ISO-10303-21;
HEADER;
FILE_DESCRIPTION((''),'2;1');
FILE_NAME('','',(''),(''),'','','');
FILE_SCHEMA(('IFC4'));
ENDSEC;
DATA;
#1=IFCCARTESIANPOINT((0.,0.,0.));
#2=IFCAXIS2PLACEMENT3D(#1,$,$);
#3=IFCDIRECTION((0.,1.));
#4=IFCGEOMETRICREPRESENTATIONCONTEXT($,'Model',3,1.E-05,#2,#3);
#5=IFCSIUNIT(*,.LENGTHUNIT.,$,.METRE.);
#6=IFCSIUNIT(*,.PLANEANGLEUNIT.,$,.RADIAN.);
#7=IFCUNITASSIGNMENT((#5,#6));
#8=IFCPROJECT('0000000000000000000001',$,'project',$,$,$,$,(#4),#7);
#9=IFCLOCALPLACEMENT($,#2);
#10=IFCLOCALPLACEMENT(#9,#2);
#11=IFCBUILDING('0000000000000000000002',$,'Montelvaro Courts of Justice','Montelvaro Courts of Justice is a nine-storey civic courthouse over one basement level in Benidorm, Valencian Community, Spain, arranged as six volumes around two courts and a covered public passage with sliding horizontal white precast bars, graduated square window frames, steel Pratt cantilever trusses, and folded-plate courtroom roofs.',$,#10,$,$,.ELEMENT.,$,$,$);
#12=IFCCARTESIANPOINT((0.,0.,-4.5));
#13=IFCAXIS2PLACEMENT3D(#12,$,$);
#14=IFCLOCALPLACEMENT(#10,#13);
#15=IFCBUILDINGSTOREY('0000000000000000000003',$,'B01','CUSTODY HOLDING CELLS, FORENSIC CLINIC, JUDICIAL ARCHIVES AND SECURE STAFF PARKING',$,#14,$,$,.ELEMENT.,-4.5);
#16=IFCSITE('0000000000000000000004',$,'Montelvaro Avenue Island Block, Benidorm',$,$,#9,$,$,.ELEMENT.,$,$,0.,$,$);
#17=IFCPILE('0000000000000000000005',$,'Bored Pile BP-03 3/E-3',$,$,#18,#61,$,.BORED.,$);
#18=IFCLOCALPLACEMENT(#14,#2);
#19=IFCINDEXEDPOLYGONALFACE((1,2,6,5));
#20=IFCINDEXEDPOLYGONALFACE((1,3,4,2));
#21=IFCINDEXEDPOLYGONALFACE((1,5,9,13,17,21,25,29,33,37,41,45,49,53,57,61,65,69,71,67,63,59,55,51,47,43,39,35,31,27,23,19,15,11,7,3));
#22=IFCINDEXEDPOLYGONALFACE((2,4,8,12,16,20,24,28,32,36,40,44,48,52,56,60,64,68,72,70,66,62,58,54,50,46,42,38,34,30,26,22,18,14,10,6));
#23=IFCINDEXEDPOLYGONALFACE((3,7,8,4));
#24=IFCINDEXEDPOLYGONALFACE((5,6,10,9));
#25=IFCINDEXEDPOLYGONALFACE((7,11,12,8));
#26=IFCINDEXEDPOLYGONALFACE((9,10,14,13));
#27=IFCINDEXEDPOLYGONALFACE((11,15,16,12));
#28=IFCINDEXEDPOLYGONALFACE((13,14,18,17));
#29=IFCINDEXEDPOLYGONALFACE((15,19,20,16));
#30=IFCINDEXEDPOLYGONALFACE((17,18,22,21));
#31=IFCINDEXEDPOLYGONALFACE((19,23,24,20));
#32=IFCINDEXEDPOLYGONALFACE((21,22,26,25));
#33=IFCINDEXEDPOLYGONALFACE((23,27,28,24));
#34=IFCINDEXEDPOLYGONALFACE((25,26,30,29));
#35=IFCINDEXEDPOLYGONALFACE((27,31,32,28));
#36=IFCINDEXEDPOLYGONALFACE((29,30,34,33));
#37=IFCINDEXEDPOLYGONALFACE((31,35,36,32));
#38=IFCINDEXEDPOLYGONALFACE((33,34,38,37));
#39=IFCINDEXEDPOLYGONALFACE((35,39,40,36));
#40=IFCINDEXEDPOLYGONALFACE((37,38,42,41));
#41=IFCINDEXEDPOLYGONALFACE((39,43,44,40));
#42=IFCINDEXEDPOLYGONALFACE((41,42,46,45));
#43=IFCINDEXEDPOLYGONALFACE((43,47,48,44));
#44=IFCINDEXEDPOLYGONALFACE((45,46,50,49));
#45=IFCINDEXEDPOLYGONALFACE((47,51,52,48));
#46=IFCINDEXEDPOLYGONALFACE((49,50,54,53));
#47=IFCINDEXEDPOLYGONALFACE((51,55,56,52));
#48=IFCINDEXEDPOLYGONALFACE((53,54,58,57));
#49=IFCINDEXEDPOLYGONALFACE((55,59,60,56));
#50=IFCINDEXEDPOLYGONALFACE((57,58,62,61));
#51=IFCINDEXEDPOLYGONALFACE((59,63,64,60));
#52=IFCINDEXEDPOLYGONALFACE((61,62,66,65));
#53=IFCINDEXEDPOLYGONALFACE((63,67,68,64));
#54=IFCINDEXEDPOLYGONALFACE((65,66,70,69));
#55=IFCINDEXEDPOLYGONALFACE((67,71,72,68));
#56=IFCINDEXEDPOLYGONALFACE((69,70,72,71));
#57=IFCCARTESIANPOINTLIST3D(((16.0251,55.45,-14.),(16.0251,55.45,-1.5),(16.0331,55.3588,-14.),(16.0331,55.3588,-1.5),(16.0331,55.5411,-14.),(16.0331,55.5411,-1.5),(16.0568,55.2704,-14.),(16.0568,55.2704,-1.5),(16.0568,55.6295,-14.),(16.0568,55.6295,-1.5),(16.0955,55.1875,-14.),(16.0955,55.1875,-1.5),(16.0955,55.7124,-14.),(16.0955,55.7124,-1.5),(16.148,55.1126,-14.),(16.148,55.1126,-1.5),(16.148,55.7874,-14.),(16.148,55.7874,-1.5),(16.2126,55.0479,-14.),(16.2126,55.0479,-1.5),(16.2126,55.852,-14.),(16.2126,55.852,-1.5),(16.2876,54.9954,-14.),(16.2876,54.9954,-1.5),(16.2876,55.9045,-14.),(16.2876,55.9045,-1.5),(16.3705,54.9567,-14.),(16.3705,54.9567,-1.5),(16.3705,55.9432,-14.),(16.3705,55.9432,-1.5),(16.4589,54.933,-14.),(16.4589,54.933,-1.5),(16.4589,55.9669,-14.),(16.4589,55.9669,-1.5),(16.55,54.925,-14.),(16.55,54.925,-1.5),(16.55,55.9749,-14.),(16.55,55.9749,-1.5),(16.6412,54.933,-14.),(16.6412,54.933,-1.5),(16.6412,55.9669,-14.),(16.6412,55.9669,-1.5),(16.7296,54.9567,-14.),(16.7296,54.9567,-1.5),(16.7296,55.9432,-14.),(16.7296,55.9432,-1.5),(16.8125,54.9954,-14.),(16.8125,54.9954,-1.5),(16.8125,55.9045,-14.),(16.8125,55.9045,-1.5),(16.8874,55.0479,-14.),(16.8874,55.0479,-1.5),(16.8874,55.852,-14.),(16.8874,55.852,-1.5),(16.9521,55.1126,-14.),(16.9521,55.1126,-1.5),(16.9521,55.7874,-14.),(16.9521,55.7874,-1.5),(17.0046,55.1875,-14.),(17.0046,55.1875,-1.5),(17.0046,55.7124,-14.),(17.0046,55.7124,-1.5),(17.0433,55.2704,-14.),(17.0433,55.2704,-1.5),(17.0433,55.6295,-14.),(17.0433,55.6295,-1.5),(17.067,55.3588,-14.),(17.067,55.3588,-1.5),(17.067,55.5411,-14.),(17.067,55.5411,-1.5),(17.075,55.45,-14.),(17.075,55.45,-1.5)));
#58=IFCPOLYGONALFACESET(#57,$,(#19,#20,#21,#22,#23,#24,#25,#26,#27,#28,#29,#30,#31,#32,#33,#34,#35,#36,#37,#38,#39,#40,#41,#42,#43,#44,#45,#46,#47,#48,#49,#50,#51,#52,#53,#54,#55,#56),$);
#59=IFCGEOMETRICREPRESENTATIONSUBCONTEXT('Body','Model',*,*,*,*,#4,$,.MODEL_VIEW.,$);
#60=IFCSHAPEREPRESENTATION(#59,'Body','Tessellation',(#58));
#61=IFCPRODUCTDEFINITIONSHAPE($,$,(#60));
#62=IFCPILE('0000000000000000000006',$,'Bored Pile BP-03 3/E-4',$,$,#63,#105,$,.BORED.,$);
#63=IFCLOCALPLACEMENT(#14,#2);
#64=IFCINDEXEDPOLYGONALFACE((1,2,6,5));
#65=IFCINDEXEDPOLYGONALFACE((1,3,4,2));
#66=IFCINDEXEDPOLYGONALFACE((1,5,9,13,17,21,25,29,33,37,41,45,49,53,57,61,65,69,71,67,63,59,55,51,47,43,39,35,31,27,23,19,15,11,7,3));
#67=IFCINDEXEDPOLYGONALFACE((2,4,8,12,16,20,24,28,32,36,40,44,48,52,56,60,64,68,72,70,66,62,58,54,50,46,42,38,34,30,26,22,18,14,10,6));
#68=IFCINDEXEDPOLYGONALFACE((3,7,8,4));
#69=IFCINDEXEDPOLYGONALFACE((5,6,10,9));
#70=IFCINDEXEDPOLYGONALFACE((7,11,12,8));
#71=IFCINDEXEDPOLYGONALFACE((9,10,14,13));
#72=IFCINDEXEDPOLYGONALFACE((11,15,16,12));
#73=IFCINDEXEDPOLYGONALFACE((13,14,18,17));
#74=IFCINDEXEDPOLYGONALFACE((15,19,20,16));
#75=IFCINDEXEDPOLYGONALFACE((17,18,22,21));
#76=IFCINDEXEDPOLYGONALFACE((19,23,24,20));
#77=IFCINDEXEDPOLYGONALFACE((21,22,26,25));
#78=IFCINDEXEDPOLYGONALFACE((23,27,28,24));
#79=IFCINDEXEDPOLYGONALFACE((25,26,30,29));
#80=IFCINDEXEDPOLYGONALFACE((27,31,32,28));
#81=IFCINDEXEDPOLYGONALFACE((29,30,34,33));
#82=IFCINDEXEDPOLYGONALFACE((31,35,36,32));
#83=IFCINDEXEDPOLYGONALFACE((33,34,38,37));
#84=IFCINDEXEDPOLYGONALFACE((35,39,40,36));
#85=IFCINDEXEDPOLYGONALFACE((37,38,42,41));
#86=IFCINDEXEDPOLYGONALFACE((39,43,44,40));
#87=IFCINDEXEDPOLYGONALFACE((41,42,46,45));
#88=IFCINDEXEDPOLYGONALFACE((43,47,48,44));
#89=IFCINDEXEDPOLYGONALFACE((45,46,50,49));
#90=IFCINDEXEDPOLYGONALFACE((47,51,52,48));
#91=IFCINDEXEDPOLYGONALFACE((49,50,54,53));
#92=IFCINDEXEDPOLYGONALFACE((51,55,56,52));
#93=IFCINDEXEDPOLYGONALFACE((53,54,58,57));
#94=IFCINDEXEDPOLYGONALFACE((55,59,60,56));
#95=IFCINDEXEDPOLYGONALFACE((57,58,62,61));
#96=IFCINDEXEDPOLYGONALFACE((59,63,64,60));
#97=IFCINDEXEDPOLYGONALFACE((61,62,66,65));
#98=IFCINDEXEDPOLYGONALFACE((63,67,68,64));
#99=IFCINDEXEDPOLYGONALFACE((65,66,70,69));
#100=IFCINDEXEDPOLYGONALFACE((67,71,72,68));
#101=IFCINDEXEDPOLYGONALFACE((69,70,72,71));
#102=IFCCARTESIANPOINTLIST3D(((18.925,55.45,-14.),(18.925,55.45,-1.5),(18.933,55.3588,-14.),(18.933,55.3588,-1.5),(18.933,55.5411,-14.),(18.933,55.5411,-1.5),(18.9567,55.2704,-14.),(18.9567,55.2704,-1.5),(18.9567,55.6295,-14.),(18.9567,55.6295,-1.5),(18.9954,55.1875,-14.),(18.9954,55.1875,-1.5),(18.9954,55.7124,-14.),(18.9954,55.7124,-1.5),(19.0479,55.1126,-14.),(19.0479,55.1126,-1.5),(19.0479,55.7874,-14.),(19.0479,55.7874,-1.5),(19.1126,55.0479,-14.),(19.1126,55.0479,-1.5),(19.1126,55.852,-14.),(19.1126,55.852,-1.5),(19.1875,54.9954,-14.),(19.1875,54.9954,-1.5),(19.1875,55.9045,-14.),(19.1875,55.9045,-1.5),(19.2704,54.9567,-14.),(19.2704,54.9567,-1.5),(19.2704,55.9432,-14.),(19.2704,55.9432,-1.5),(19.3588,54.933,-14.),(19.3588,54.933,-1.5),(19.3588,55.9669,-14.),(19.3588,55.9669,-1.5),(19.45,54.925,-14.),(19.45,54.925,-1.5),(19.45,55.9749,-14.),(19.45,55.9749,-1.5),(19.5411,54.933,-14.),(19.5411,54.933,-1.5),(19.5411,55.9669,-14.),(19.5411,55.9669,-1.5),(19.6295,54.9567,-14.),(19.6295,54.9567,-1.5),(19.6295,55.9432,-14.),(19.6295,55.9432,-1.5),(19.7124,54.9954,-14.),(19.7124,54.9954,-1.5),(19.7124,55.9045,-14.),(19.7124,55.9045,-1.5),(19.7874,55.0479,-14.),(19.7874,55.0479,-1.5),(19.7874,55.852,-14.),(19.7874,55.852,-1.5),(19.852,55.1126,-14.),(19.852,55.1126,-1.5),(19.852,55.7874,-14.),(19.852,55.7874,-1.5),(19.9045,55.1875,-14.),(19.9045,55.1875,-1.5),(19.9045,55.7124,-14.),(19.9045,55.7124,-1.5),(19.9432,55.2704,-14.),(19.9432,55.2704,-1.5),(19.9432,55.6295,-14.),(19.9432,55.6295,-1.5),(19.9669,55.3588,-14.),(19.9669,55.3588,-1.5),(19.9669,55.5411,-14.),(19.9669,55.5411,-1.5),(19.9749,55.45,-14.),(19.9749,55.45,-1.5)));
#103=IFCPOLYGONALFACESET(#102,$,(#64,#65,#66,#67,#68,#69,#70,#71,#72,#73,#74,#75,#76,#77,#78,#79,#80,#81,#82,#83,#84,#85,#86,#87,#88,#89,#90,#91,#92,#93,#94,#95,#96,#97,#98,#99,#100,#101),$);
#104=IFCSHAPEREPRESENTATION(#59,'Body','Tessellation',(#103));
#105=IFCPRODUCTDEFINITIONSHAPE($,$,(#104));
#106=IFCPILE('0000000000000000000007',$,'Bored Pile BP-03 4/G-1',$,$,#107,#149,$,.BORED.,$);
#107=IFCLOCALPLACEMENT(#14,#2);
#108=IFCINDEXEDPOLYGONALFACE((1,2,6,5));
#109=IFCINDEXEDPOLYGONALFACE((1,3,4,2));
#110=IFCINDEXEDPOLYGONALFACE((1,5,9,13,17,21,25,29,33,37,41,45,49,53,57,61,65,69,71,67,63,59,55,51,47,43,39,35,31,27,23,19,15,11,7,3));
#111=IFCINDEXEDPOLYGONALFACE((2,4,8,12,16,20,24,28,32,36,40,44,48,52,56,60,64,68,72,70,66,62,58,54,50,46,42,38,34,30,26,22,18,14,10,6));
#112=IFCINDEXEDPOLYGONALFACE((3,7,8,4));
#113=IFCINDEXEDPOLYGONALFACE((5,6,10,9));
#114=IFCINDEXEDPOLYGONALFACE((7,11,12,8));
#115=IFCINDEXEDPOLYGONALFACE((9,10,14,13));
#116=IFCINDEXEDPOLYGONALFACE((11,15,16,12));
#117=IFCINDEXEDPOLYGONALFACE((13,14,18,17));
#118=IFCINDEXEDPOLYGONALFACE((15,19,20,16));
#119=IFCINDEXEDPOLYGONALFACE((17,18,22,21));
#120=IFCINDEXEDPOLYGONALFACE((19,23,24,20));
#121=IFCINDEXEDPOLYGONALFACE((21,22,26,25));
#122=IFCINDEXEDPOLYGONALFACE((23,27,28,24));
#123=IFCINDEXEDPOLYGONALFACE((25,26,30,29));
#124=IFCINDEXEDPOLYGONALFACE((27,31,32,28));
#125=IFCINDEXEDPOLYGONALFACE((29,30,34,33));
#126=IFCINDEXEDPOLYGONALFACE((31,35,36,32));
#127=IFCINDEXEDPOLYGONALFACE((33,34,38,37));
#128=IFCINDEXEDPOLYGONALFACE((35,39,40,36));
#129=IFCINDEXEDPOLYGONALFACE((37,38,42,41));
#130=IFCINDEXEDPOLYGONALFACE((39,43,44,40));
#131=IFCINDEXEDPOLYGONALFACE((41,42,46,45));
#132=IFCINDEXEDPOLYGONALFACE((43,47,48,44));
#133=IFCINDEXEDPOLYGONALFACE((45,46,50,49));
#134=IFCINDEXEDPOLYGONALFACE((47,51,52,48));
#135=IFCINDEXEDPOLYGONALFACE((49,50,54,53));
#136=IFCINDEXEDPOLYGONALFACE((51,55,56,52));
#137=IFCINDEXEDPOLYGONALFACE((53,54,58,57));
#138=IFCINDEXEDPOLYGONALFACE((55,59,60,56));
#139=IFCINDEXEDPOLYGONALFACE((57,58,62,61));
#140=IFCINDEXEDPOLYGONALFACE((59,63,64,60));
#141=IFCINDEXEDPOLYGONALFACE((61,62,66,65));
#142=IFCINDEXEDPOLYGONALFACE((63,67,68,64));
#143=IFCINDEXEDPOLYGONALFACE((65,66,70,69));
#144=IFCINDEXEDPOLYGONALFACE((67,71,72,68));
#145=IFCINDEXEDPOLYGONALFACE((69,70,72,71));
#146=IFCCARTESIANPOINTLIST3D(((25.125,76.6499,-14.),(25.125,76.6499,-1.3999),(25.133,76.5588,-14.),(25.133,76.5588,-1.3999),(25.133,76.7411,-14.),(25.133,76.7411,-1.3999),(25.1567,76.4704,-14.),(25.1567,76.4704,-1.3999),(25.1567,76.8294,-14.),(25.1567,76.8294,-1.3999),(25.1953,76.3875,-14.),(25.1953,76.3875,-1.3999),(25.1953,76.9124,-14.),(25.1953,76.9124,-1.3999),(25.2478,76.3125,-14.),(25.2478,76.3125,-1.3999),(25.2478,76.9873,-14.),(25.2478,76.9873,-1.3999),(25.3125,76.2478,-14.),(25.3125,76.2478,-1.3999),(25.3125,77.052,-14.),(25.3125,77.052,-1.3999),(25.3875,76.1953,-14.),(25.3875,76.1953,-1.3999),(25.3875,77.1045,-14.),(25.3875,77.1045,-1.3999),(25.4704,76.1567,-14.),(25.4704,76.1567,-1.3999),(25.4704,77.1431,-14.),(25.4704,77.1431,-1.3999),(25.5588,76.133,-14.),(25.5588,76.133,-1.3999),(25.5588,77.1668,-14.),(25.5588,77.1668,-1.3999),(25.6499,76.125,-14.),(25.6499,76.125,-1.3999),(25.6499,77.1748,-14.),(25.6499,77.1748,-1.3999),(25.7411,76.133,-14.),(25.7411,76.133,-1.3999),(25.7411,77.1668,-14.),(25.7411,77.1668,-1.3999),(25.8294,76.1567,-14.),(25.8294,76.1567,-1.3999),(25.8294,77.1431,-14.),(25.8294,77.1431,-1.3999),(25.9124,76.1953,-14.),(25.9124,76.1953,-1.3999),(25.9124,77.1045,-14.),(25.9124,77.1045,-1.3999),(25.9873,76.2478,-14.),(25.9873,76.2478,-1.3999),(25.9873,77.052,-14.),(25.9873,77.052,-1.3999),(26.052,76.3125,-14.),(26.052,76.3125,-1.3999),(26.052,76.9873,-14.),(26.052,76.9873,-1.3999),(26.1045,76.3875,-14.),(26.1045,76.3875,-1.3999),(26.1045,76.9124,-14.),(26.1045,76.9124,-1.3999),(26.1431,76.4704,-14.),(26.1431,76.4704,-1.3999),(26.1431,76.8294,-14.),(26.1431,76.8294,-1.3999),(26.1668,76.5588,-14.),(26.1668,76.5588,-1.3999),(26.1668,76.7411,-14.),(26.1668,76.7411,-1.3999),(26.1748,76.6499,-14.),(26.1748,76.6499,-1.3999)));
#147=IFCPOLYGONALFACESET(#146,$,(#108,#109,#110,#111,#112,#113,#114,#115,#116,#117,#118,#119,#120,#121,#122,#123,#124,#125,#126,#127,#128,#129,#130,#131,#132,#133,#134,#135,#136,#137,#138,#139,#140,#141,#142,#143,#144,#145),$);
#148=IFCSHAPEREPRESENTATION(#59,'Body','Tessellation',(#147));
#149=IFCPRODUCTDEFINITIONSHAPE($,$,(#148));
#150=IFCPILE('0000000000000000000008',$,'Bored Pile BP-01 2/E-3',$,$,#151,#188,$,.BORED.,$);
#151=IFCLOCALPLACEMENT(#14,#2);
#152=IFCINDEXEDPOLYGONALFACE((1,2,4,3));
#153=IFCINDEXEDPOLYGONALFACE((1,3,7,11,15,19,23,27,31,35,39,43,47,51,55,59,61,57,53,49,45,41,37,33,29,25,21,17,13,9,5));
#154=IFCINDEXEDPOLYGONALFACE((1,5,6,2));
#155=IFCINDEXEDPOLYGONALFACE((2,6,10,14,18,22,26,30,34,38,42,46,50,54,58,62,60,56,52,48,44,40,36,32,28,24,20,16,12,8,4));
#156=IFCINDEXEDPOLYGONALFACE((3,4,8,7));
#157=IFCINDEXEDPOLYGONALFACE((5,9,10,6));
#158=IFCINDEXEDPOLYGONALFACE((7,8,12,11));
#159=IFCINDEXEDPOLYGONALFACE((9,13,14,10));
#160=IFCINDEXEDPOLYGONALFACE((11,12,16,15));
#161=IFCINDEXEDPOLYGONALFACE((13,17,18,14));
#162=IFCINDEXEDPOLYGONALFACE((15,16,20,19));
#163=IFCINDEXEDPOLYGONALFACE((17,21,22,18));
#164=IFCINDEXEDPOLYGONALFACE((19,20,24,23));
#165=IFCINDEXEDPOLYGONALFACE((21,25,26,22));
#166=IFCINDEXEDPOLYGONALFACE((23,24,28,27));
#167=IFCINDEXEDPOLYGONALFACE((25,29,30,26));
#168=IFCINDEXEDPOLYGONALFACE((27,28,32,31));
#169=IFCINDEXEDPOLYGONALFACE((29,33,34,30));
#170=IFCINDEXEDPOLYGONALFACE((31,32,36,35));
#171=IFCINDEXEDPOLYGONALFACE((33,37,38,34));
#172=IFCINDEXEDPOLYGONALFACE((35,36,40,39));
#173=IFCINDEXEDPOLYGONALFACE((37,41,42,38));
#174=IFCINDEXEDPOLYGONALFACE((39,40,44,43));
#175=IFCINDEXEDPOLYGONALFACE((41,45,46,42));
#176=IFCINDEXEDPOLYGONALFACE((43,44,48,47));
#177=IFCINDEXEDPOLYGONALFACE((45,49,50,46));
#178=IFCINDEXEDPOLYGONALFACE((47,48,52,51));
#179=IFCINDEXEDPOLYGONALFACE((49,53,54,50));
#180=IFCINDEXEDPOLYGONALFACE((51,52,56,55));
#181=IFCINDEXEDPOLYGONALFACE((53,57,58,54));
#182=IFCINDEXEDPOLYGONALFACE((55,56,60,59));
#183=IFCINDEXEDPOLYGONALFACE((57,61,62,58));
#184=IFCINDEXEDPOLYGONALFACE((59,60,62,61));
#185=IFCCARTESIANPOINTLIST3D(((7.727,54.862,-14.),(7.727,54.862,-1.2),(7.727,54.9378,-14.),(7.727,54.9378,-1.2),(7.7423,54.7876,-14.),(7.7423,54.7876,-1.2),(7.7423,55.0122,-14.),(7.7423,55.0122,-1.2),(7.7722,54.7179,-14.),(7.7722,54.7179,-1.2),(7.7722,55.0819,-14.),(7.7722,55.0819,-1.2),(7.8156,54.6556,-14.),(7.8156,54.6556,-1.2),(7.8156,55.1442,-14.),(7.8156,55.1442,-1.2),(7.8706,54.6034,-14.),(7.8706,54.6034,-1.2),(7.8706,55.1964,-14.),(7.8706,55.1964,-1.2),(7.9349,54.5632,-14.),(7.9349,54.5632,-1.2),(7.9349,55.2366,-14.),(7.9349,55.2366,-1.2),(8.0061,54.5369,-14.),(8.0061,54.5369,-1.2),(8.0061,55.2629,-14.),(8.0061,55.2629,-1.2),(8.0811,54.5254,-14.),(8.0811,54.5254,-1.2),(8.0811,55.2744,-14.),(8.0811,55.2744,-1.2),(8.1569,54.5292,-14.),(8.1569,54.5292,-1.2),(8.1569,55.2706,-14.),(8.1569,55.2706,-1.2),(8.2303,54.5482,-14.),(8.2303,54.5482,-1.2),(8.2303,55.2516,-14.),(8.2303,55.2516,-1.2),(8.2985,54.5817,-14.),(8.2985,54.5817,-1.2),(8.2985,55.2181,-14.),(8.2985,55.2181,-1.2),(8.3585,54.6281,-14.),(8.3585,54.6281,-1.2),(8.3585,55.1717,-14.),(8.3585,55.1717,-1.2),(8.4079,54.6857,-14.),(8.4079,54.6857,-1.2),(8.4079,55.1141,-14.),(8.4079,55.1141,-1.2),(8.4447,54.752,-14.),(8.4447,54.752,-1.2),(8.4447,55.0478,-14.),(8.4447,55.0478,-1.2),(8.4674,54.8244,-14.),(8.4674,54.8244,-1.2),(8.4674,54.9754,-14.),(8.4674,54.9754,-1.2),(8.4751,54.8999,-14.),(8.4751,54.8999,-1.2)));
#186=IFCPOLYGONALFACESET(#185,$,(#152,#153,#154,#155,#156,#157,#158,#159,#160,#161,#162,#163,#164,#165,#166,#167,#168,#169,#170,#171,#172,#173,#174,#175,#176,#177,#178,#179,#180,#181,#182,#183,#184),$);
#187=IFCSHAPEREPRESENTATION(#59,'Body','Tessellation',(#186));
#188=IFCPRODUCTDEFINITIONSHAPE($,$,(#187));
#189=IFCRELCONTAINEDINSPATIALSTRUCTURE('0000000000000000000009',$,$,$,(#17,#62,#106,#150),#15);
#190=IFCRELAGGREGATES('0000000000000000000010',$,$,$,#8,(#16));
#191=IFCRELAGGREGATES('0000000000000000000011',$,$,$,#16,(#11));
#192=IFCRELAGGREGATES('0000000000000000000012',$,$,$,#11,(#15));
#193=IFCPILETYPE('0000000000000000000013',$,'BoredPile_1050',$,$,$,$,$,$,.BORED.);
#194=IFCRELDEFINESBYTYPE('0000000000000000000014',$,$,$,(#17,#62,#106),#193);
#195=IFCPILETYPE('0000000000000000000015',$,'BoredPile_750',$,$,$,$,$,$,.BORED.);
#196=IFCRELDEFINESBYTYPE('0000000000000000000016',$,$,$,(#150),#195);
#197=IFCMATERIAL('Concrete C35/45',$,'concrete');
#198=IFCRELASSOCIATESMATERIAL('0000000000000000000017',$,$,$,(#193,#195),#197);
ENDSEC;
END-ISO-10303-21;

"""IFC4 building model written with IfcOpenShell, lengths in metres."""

from ifc_helpers import new_model, si_unit, direction, frame, origin, origin_2d, place, context, subcontext, project, spatial, circle, extrude, material, material_profile, profile_set, type_object, element, save


model = new_model("IFC4")

# Units and contexts
model_context = context("Model", 3, precision=1e-05, world=origin(), true_north=direction((0.0, 1.0)))
body_context = subcontext(model_context, "Body", "Model", "MODEL_VIEW")
ifc_project = project(units=[si_unit("LENGTHUNIT", "METRE"), si_unit("PLANEANGLEUNIT", "RADIAN")], contexts=[model_context])

# Site, building, storey
site_placement = place(None, origin())
site = spatial("IfcSite", under=ifc_project, at=site_placement, Name="Montelvaro Avenue Island Block, Benidorm", CompositionType="ELEMENT", RefElevation=0.0)
building_placement = place(site_placement, origin())
building = spatial("IfcBuilding", under=site, at=building_placement, Name="Montelvaro Courts of Justice", Description="Montelvaro Courts of Justice is a nine-storey civic courthouse over one basement level in Benidorm, Valencian Community, Spain, arranged as six volumes around two courts and a covered public passage with sliding horizontal white precast bars, graduated square window frames, steel Pratt cantilever trusses, and folded-plate courtroom roofs.", CompositionType="ELEMENT")
storey_placement = place(building_placement, frame((0.0, 0.0, -4.5)))
storey = spatial("IfcBuildingStorey", under=building, at=storey_placement, Name="B01", Description="CUSTODY HOLDING CELLS, FORENSIC CLINIC, JUDICIAL ARCHIVES AND SECURE STAFF PARKING", CompositionType="ELEMENT", Elevation=-4.5)

# Piles
ifc_material_1 = material(Name="Concrete C35/45", Category="concrete")
ifc_material_profile_1 = material_profile(ifc_material_1, circle(Radius=0.5249, at=origin_2d()), Name="BORED PILE D1050")
ifc_profile_set_1 = profile_set([ifc_material_profile_1], Name="Concrete C35/45")
pile_type_1 = type_object("IfcPileType", Name="BoredPile_1050", PredefinedType="BORED", material=ifc_profile_set_1)
for number, where, z_axis, x_axis, name in (
    (1, (16.55, 55.45, -1.5), (0.0, 0.0, -1.0), (1.0, 0.0, 0.0), "Bored Pile BP-03 3/E-3"),
    (2, (19.45, 55.45, -1.5), (0.0, 0.0, -1.0), (1.0, 0.0, 0.0), "Bored Pile BP-03 3/E-4"),
):
    element("IfcPile", number, at=place(storey_placement, frame(where, z_axis=z_axis, x_axis=x_axis)), inside=storey, type_object=pile_type_1, Name=name, PredefinedType="BORED", context=body_context, shape_type="SweptSolid", body=[
        extrude(circle(Radius=0.5249, at=origin_2d()), origin(), (0.0, 0.0, 1.0), 12.5),
    ])
pile_1_placement = place(storey_placement, frame((25.6499, 76.6499, -1.3999), z_axis=(0.0, 0.0, -1.0), x_axis=(1.0, 0.0, 0.0)))
element("IfcPile", 3, at=pile_1_placement, inside=storey, type_object=pile_type_1, Name="Bored Pile BP-03 4/G-1", PredefinedType="BORED", context=body_context, shape_type="SweptSolid", body=[
    extrude(circle(Radius=0.5249, at=origin_2d()), origin(), (0.0, 0.0, 1.0), 12.6001),
])
ifc_material_profile_2 = material_profile(ifc_material_1, circle(Radius=0.375, at=origin_2d()), Name="BORED PILE D750")
ifc_profile_set_2 = profile_set([ifc_material_profile_2], Name="Concrete C35/45")
pile_type_2 = type_object("IfcPileType", Name="BoredPile_750", PredefinedType="BORED", material=ifc_profile_set_2)
for number, where, z_axis, x_axis, name in (
    (4, (8.1001, 54.8999, -1.2), (0.0, 0.0, -1.0), (1.0, 0.0, 0.0), "Bored Pile BP-01 2/E-3"),
):
    element("IfcPile", number, at=place(storey_placement, frame(where, z_axis=z_axis, x_axis=x_axis)), inside=storey, type_object=pile_type_2, Name=name, PredefinedType="BORED", context=body_context, shape_type="SweptSolid", body=[
        extrude(circle(Radius=0.375, at=origin_2d()), origin(), (0.0, 0.0, 1.0), 12.8),
    ])

save(model, "model.ifc")
